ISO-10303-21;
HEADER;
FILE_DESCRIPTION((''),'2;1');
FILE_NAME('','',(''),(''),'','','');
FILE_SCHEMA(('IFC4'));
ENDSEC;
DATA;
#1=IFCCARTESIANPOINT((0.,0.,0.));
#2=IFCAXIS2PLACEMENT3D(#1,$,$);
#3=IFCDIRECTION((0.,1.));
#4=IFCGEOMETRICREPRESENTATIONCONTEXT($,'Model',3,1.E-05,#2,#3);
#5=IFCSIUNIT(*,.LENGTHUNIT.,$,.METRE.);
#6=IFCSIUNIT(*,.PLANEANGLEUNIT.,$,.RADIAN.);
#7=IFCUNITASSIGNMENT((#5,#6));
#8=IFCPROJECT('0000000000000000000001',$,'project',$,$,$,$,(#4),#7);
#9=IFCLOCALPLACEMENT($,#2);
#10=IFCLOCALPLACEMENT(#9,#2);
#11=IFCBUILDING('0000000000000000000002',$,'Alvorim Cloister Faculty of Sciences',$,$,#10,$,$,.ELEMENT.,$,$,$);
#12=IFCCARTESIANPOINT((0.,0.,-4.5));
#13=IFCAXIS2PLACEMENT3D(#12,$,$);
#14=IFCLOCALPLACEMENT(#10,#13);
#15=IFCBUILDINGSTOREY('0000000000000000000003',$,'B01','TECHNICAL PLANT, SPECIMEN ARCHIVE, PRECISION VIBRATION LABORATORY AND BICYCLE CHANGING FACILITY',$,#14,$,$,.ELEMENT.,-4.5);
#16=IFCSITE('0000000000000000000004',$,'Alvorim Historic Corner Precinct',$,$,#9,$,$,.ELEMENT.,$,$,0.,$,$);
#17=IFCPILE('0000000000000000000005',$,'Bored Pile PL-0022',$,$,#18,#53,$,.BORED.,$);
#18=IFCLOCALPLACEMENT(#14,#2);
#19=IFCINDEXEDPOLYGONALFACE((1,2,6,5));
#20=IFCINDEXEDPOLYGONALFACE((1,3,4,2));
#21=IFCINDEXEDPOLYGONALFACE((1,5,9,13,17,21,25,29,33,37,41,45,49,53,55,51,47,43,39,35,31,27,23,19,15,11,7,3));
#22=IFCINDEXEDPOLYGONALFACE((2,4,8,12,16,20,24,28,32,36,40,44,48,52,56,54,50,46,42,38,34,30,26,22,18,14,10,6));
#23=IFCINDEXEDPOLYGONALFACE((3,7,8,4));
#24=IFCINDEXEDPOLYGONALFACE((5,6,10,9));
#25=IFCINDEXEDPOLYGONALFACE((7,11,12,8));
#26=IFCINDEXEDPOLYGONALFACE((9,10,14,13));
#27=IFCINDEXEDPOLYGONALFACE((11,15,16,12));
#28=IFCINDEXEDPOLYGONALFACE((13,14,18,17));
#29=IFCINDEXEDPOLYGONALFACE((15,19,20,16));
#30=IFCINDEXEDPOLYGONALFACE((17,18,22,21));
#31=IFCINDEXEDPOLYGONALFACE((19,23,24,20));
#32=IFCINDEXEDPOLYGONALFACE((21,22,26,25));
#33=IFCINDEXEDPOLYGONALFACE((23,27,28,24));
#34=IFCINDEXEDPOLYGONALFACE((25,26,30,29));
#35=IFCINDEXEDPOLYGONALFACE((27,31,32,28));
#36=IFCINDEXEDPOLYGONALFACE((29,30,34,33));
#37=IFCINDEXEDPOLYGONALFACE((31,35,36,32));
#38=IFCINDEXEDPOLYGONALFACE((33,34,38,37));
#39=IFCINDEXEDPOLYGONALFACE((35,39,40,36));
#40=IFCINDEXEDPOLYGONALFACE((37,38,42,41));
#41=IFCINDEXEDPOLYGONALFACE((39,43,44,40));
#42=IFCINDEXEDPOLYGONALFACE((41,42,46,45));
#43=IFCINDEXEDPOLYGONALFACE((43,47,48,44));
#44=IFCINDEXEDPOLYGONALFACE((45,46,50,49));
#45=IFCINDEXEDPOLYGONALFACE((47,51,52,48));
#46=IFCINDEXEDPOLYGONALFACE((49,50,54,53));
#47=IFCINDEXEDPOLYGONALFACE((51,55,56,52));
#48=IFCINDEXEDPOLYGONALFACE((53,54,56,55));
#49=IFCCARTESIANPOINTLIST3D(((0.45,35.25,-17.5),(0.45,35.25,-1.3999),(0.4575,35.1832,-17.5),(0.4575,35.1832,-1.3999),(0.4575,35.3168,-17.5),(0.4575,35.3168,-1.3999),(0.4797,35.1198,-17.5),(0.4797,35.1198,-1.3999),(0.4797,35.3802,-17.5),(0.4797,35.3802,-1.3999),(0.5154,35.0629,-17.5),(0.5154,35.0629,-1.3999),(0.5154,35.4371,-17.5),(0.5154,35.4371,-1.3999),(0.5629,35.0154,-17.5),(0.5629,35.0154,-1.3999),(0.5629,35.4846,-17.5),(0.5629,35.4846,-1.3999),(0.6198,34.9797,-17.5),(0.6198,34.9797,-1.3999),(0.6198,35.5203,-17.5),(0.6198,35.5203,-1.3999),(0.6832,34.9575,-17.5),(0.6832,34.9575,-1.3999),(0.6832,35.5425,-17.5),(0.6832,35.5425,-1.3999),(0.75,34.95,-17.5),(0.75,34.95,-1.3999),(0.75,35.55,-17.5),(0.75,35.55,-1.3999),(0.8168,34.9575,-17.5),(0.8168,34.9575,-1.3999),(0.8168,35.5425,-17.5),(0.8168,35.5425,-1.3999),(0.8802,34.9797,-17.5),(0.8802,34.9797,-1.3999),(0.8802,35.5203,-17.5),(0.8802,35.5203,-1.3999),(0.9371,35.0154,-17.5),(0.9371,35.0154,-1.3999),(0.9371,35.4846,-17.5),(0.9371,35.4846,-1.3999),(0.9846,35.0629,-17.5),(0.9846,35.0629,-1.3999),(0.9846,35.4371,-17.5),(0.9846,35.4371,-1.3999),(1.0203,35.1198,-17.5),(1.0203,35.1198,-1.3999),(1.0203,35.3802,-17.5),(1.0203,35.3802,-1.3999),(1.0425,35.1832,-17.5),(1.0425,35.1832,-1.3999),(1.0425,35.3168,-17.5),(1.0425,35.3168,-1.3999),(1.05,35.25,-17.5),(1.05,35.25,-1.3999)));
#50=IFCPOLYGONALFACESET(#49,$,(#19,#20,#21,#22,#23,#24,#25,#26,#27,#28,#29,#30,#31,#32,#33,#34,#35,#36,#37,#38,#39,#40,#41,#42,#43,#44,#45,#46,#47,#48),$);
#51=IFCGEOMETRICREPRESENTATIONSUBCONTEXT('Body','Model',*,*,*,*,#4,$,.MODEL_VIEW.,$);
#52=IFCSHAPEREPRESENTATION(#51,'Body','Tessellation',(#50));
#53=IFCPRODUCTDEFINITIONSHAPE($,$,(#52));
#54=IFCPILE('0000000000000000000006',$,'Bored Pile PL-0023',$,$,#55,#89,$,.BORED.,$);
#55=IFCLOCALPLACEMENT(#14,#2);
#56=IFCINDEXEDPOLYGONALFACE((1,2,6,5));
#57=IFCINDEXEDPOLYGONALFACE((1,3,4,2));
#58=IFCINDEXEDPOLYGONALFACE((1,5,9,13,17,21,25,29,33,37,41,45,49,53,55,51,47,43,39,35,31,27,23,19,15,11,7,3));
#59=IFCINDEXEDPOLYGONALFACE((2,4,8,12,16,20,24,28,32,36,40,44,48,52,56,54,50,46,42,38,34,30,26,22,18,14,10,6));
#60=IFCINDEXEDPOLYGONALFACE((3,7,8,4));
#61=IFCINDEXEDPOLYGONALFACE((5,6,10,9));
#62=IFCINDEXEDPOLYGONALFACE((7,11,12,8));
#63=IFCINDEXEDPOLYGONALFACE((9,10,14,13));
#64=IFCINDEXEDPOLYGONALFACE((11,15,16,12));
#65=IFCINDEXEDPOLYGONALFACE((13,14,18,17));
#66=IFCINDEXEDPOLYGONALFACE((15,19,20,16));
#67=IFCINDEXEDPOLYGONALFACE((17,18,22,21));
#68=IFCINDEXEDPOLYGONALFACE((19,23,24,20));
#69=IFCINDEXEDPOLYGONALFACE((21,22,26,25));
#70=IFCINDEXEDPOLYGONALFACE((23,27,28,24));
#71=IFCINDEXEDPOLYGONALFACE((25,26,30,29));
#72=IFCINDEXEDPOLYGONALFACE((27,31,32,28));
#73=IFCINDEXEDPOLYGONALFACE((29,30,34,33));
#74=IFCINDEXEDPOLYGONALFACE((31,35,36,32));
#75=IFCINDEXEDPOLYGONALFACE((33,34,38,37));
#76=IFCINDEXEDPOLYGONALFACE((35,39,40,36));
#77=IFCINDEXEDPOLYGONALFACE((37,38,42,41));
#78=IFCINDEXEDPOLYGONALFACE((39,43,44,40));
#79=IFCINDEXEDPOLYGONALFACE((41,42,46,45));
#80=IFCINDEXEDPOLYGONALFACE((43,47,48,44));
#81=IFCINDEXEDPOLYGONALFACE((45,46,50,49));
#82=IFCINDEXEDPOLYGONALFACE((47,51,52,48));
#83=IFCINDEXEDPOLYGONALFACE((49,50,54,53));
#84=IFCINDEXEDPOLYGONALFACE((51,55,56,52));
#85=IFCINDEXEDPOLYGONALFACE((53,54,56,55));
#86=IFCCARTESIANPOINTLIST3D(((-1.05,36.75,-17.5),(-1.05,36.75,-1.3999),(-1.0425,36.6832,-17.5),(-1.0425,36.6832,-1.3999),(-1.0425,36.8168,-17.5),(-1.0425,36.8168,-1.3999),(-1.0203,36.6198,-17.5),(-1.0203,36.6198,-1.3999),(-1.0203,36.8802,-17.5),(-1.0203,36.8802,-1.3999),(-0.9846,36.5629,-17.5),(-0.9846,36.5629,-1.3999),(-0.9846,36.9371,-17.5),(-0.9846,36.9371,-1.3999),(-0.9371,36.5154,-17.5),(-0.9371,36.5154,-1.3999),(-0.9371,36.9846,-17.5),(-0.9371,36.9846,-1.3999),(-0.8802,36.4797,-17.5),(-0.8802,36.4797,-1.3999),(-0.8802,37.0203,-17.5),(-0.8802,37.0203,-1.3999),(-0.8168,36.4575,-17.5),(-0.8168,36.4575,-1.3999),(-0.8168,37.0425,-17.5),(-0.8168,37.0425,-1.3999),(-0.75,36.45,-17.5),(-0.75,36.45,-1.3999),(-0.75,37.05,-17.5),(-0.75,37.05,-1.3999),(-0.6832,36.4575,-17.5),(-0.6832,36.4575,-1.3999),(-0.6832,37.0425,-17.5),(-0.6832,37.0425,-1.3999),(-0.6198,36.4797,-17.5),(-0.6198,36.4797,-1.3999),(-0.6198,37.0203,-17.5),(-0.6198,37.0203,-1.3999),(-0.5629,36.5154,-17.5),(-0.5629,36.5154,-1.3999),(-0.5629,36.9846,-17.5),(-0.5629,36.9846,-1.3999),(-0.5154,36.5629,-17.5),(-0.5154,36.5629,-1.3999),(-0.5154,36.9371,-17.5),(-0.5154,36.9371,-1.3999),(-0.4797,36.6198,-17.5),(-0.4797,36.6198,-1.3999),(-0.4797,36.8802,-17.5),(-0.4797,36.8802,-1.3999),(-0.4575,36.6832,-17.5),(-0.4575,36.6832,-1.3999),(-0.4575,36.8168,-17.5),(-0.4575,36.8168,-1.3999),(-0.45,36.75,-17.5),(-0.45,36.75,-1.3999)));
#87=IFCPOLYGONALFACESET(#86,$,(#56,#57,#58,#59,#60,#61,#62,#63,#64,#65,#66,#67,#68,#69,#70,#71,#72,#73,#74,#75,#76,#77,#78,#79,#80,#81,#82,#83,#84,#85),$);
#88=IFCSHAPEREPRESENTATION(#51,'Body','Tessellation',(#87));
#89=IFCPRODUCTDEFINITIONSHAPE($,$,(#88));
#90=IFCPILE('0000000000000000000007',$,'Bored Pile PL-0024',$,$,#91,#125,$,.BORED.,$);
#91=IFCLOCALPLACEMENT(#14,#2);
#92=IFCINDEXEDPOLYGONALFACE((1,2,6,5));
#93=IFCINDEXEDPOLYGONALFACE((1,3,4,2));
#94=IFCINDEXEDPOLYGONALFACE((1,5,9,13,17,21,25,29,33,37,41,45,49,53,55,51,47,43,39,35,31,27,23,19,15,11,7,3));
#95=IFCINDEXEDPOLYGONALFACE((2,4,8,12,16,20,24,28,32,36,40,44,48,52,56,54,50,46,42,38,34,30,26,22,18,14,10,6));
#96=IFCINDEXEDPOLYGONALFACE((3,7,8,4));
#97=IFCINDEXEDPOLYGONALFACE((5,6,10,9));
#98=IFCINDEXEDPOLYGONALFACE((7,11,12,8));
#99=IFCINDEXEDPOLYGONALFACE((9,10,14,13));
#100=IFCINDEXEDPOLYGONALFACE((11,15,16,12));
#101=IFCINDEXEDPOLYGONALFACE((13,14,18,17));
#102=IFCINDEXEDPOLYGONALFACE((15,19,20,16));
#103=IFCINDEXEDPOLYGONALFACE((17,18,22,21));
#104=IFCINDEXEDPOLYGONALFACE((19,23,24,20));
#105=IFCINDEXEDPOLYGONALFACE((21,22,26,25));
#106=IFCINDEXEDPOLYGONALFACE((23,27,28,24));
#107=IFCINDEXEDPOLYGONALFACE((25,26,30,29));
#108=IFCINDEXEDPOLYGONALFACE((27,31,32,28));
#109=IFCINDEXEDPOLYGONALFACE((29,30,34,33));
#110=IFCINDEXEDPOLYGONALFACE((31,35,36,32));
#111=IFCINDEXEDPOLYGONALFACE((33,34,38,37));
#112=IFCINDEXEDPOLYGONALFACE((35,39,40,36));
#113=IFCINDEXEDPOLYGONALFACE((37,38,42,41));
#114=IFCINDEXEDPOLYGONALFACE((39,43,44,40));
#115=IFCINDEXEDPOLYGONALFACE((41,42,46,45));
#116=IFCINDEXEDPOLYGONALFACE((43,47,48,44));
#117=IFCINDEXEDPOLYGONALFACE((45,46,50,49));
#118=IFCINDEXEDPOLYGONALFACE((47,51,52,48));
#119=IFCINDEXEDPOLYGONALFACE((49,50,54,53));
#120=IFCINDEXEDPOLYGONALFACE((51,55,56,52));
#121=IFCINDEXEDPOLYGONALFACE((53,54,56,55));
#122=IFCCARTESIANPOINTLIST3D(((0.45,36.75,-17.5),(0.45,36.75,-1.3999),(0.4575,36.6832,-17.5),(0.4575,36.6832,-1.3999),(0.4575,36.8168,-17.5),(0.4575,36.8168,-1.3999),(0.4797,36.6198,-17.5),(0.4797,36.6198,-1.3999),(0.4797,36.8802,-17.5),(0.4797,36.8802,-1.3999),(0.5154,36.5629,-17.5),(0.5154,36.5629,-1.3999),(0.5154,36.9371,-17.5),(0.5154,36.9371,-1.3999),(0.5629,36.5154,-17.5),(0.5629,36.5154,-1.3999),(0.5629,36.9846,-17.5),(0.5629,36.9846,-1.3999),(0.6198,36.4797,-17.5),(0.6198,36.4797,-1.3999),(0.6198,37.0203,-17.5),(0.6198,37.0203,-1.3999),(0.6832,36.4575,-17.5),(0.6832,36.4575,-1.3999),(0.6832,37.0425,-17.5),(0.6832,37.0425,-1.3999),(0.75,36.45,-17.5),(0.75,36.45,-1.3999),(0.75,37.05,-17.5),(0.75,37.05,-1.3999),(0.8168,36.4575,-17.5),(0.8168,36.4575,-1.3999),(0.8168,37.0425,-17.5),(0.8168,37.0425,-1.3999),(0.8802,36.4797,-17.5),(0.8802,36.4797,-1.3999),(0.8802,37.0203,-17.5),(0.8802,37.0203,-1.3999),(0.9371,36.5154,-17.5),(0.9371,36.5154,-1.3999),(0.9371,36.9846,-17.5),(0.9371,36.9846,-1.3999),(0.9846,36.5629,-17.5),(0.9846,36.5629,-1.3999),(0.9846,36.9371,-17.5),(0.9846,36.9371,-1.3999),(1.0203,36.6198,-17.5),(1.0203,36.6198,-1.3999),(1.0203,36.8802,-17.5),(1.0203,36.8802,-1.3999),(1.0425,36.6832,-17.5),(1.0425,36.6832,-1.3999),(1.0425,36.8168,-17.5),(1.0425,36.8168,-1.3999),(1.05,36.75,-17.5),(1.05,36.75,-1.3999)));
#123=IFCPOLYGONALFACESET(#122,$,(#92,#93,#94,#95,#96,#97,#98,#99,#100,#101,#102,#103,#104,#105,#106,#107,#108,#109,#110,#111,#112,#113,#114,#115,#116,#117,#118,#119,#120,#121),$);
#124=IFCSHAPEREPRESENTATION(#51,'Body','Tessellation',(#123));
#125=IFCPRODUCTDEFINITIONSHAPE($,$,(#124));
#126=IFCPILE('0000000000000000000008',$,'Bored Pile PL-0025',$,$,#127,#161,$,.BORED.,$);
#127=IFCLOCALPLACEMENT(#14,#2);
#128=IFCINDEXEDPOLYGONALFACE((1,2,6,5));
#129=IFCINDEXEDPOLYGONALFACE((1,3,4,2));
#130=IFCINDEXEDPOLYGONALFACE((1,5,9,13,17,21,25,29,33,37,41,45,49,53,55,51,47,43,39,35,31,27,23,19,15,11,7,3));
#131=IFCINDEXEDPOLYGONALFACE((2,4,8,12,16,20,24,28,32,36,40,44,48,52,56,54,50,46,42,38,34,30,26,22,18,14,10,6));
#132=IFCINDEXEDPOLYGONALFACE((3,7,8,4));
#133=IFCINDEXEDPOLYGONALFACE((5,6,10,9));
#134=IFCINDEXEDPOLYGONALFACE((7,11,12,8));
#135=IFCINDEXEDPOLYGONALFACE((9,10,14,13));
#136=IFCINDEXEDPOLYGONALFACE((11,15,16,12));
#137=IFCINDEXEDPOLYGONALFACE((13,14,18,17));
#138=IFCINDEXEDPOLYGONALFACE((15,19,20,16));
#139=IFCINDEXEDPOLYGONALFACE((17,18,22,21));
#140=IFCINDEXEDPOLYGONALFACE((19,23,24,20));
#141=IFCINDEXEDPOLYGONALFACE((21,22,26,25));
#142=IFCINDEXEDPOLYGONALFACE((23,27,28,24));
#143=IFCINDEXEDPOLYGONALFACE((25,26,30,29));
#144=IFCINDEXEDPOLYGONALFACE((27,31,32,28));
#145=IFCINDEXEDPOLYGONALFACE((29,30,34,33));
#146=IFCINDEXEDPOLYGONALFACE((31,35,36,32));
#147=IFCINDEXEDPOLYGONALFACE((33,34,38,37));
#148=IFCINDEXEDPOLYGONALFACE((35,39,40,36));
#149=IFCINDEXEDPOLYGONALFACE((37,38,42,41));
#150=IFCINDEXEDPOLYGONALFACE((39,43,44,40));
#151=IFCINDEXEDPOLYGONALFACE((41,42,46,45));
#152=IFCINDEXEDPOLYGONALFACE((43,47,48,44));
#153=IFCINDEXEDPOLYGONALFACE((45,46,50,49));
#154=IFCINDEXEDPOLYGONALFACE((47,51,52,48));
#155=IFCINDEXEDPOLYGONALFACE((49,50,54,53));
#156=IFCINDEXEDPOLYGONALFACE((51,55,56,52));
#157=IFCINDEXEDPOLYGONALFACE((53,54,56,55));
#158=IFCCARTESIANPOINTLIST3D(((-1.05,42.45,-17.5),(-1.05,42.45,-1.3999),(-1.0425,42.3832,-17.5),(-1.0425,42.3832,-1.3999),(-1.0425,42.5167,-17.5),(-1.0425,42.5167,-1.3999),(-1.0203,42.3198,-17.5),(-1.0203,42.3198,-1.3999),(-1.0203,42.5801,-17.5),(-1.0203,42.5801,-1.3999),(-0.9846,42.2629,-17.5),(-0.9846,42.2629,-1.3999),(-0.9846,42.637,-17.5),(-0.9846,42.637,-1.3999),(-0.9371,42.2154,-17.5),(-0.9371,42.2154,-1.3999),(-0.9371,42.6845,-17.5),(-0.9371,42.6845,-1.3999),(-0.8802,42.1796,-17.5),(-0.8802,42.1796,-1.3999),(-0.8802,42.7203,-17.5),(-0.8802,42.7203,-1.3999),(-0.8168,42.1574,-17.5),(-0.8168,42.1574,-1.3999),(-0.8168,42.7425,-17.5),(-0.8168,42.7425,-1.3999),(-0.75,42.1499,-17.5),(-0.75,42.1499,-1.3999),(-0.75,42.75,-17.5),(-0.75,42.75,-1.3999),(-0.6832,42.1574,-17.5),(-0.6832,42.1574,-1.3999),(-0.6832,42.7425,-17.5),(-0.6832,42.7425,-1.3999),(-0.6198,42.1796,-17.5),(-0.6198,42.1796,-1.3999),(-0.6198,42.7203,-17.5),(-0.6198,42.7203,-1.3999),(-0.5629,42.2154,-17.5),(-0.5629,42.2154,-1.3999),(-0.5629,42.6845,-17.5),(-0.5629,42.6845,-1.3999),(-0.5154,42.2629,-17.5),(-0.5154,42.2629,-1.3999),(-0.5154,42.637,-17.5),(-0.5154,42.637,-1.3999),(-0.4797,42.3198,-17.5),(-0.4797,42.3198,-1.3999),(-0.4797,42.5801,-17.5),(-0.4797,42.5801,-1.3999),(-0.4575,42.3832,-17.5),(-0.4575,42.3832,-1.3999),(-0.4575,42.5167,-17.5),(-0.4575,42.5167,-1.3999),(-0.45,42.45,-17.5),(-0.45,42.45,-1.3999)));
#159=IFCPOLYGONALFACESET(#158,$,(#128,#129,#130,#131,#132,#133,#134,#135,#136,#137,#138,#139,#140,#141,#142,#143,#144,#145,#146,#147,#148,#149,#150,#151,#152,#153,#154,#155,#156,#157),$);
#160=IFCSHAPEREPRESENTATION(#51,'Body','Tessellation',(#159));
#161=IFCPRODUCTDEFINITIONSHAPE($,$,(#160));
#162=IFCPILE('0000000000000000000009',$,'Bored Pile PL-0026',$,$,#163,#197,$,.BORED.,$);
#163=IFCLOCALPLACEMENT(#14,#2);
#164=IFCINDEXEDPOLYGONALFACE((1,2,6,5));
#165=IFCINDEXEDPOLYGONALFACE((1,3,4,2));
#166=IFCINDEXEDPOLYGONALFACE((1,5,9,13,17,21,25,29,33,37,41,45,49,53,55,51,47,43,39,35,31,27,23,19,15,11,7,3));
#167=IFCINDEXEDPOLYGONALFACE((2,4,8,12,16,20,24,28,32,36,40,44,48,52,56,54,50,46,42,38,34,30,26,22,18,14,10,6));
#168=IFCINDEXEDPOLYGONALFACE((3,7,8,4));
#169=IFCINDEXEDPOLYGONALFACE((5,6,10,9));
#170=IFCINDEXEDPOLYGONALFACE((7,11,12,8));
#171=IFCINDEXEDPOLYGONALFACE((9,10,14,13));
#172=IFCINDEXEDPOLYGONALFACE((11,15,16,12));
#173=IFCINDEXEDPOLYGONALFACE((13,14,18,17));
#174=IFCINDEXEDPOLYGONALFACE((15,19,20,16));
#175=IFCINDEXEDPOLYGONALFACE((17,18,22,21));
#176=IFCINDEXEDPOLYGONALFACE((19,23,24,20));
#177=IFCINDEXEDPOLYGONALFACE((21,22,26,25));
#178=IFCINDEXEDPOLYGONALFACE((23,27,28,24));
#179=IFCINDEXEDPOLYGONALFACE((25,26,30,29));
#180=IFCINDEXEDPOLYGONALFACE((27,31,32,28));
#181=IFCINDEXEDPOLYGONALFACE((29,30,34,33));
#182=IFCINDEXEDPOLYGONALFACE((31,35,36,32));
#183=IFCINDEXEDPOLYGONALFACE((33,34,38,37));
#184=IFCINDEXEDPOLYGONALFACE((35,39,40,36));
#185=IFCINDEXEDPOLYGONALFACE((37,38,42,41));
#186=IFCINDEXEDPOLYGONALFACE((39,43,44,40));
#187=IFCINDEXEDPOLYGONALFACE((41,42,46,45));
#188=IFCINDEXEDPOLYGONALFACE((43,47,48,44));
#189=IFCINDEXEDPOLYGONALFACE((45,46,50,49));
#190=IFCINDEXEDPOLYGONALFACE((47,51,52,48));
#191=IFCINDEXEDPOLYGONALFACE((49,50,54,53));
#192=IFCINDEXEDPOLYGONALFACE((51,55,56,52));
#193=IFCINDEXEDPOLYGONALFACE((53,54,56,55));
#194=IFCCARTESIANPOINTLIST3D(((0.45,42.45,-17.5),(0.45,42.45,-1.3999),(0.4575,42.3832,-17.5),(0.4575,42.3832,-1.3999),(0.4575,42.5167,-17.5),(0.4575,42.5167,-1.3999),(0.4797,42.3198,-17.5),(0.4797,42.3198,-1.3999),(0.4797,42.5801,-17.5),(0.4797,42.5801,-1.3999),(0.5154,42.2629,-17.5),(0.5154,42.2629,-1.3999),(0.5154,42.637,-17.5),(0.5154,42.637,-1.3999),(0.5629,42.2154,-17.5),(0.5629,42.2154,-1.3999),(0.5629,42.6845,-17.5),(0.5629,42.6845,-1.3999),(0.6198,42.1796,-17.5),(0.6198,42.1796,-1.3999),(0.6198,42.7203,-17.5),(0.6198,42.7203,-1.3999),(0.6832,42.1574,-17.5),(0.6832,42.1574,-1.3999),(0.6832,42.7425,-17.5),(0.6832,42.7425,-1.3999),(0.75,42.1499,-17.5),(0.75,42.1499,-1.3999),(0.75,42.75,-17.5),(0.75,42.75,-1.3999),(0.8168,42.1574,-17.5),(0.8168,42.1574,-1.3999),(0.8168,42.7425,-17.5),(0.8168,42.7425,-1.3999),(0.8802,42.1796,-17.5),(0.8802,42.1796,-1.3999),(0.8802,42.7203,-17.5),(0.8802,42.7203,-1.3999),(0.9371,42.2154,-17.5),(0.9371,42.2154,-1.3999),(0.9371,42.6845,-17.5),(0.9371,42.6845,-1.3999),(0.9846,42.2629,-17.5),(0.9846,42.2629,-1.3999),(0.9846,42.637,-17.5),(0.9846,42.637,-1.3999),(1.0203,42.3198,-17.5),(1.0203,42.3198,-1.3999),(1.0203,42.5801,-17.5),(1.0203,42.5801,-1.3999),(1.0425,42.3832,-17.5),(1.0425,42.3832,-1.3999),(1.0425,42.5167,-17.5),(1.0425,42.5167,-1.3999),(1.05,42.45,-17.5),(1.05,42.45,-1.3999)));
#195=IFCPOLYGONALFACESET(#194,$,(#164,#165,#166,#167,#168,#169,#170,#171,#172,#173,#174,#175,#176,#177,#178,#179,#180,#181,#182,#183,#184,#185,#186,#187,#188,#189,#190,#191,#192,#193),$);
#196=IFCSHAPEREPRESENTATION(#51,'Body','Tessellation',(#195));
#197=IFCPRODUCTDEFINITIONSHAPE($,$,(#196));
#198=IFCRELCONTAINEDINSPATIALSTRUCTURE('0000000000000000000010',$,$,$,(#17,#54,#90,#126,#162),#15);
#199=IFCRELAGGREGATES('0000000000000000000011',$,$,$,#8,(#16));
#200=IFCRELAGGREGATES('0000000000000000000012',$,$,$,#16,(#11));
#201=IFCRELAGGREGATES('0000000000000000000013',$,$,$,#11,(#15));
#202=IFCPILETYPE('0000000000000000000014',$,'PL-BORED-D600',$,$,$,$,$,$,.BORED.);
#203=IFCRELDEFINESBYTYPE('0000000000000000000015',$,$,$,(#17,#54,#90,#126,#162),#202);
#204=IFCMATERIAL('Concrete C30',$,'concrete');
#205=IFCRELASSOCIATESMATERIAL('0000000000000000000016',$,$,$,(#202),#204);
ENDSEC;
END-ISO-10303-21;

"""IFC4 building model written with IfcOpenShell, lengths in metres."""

from ifc_helpers import new_model, si_unit, direction, frame, origin, origin_2d, place, context, subcontext, project, spatial, circle, extrude, material, material_profile, profile_set, type_object, element, save


model = new_model("IFC4")

# Units and contexts
model_context = context("Model", 3, precision=1e-05, world=origin(), true_north=direction((0.0, 1.0)))
body_context = subcontext(model_context, "Body", "Model", "MODEL_VIEW")
ifc_project = project(units=[si_unit("LENGTHUNIT", "METRE"), si_unit("PLANEANGLEUNIT", "RADIAN")], contexts=[model_context])

# Site, building, storey
site_placement = place(None, origin())
site = spatial("IfcSite", under=ifc_project, at=site_placement, Name="Alvorim Historic Corner Precinct", CompositionType="ELEMENT", RefElevation=0.0)
building_placement = place(site_placement, origin())
building = spatial("IfcBuilding", under=site, at=building_placement, Name="Alvorim Cloister Faculty of Sciences", CompositionType="ELEMENT")
storey_placement = place(building_placement, frame((0.0, 0.0, -4.5)))
storey = spatial("IfcBuildingStorey", under=building, at=storey_placement, Name="B01", Description="TECHNICAL PLANT, SPECIMEN ARCHIVE, PRECISION VIBRATION LABORATORY AND BICYCLE CHANGING FACILITY", CompositionType="ELEMENT", Elevation=-4.5)

# Piles
ifc_material_1 = material(Name="Concrete C30", Category="concrete")
ifc_material_profile_1 = material_profile(ifc_material_1, circle(Radius=0.3, at=origin_2d()), Name="PILE-D600")
ifc_profile_set_1 = profile_set([ifc_material_profile_1], Name="Concrete C30")
pile_type_1 = type_object("IfcPileType", Name="PL-BORED-D600", PredefinedType="BORED", material=ifc_profile_set_1)
for number, where, z_axis, x_axis, name in (
    (1, (0.75, 35.25, -1.3999), (0.0, 0.0, -1.0), (1.0, 0.0, 0.0), "Bored Pile PL-0022"),
    (2, (-0.75, 36.75, -1.3999), (0.0, 0.0, -1.0), (1.0, 0.0, 0.0), "Bored Pile PL-0023"),
    (3, (0.75, 36.75, -1.3999), (0.0, 0.0, -1.0), (1.0, 0.0, 0.0), "Bored Pile PL-0024"),
    (4, (-0.75, 42.45, -1.3999), (0.0, 0.0, -1.0), (1.0, 0.0, 0.0), "Bored Pile PL-0025"),
    (5, (0.75, 42.45, -1.3999), (0.0, 0.0, -1.0), (1.0, 0.0, 0.0), "Bored Pile PL-0026"),
):
    element("IfcPile", number, at=place(storey_placement, frame(where, z_axis=z_axis, x_axis=x_axis)), inside=storey, type_object=pile_type_1, Name=name, PredefinedType="BORED", context=body_context, shape_type="SweptSolid", body=[
        extrude(circle(Radius=0.3, at=origin_2d()), origin(), (0.0, 0.0, 1.0), 16.1001),
    ])

save(model, "model.ifc")
